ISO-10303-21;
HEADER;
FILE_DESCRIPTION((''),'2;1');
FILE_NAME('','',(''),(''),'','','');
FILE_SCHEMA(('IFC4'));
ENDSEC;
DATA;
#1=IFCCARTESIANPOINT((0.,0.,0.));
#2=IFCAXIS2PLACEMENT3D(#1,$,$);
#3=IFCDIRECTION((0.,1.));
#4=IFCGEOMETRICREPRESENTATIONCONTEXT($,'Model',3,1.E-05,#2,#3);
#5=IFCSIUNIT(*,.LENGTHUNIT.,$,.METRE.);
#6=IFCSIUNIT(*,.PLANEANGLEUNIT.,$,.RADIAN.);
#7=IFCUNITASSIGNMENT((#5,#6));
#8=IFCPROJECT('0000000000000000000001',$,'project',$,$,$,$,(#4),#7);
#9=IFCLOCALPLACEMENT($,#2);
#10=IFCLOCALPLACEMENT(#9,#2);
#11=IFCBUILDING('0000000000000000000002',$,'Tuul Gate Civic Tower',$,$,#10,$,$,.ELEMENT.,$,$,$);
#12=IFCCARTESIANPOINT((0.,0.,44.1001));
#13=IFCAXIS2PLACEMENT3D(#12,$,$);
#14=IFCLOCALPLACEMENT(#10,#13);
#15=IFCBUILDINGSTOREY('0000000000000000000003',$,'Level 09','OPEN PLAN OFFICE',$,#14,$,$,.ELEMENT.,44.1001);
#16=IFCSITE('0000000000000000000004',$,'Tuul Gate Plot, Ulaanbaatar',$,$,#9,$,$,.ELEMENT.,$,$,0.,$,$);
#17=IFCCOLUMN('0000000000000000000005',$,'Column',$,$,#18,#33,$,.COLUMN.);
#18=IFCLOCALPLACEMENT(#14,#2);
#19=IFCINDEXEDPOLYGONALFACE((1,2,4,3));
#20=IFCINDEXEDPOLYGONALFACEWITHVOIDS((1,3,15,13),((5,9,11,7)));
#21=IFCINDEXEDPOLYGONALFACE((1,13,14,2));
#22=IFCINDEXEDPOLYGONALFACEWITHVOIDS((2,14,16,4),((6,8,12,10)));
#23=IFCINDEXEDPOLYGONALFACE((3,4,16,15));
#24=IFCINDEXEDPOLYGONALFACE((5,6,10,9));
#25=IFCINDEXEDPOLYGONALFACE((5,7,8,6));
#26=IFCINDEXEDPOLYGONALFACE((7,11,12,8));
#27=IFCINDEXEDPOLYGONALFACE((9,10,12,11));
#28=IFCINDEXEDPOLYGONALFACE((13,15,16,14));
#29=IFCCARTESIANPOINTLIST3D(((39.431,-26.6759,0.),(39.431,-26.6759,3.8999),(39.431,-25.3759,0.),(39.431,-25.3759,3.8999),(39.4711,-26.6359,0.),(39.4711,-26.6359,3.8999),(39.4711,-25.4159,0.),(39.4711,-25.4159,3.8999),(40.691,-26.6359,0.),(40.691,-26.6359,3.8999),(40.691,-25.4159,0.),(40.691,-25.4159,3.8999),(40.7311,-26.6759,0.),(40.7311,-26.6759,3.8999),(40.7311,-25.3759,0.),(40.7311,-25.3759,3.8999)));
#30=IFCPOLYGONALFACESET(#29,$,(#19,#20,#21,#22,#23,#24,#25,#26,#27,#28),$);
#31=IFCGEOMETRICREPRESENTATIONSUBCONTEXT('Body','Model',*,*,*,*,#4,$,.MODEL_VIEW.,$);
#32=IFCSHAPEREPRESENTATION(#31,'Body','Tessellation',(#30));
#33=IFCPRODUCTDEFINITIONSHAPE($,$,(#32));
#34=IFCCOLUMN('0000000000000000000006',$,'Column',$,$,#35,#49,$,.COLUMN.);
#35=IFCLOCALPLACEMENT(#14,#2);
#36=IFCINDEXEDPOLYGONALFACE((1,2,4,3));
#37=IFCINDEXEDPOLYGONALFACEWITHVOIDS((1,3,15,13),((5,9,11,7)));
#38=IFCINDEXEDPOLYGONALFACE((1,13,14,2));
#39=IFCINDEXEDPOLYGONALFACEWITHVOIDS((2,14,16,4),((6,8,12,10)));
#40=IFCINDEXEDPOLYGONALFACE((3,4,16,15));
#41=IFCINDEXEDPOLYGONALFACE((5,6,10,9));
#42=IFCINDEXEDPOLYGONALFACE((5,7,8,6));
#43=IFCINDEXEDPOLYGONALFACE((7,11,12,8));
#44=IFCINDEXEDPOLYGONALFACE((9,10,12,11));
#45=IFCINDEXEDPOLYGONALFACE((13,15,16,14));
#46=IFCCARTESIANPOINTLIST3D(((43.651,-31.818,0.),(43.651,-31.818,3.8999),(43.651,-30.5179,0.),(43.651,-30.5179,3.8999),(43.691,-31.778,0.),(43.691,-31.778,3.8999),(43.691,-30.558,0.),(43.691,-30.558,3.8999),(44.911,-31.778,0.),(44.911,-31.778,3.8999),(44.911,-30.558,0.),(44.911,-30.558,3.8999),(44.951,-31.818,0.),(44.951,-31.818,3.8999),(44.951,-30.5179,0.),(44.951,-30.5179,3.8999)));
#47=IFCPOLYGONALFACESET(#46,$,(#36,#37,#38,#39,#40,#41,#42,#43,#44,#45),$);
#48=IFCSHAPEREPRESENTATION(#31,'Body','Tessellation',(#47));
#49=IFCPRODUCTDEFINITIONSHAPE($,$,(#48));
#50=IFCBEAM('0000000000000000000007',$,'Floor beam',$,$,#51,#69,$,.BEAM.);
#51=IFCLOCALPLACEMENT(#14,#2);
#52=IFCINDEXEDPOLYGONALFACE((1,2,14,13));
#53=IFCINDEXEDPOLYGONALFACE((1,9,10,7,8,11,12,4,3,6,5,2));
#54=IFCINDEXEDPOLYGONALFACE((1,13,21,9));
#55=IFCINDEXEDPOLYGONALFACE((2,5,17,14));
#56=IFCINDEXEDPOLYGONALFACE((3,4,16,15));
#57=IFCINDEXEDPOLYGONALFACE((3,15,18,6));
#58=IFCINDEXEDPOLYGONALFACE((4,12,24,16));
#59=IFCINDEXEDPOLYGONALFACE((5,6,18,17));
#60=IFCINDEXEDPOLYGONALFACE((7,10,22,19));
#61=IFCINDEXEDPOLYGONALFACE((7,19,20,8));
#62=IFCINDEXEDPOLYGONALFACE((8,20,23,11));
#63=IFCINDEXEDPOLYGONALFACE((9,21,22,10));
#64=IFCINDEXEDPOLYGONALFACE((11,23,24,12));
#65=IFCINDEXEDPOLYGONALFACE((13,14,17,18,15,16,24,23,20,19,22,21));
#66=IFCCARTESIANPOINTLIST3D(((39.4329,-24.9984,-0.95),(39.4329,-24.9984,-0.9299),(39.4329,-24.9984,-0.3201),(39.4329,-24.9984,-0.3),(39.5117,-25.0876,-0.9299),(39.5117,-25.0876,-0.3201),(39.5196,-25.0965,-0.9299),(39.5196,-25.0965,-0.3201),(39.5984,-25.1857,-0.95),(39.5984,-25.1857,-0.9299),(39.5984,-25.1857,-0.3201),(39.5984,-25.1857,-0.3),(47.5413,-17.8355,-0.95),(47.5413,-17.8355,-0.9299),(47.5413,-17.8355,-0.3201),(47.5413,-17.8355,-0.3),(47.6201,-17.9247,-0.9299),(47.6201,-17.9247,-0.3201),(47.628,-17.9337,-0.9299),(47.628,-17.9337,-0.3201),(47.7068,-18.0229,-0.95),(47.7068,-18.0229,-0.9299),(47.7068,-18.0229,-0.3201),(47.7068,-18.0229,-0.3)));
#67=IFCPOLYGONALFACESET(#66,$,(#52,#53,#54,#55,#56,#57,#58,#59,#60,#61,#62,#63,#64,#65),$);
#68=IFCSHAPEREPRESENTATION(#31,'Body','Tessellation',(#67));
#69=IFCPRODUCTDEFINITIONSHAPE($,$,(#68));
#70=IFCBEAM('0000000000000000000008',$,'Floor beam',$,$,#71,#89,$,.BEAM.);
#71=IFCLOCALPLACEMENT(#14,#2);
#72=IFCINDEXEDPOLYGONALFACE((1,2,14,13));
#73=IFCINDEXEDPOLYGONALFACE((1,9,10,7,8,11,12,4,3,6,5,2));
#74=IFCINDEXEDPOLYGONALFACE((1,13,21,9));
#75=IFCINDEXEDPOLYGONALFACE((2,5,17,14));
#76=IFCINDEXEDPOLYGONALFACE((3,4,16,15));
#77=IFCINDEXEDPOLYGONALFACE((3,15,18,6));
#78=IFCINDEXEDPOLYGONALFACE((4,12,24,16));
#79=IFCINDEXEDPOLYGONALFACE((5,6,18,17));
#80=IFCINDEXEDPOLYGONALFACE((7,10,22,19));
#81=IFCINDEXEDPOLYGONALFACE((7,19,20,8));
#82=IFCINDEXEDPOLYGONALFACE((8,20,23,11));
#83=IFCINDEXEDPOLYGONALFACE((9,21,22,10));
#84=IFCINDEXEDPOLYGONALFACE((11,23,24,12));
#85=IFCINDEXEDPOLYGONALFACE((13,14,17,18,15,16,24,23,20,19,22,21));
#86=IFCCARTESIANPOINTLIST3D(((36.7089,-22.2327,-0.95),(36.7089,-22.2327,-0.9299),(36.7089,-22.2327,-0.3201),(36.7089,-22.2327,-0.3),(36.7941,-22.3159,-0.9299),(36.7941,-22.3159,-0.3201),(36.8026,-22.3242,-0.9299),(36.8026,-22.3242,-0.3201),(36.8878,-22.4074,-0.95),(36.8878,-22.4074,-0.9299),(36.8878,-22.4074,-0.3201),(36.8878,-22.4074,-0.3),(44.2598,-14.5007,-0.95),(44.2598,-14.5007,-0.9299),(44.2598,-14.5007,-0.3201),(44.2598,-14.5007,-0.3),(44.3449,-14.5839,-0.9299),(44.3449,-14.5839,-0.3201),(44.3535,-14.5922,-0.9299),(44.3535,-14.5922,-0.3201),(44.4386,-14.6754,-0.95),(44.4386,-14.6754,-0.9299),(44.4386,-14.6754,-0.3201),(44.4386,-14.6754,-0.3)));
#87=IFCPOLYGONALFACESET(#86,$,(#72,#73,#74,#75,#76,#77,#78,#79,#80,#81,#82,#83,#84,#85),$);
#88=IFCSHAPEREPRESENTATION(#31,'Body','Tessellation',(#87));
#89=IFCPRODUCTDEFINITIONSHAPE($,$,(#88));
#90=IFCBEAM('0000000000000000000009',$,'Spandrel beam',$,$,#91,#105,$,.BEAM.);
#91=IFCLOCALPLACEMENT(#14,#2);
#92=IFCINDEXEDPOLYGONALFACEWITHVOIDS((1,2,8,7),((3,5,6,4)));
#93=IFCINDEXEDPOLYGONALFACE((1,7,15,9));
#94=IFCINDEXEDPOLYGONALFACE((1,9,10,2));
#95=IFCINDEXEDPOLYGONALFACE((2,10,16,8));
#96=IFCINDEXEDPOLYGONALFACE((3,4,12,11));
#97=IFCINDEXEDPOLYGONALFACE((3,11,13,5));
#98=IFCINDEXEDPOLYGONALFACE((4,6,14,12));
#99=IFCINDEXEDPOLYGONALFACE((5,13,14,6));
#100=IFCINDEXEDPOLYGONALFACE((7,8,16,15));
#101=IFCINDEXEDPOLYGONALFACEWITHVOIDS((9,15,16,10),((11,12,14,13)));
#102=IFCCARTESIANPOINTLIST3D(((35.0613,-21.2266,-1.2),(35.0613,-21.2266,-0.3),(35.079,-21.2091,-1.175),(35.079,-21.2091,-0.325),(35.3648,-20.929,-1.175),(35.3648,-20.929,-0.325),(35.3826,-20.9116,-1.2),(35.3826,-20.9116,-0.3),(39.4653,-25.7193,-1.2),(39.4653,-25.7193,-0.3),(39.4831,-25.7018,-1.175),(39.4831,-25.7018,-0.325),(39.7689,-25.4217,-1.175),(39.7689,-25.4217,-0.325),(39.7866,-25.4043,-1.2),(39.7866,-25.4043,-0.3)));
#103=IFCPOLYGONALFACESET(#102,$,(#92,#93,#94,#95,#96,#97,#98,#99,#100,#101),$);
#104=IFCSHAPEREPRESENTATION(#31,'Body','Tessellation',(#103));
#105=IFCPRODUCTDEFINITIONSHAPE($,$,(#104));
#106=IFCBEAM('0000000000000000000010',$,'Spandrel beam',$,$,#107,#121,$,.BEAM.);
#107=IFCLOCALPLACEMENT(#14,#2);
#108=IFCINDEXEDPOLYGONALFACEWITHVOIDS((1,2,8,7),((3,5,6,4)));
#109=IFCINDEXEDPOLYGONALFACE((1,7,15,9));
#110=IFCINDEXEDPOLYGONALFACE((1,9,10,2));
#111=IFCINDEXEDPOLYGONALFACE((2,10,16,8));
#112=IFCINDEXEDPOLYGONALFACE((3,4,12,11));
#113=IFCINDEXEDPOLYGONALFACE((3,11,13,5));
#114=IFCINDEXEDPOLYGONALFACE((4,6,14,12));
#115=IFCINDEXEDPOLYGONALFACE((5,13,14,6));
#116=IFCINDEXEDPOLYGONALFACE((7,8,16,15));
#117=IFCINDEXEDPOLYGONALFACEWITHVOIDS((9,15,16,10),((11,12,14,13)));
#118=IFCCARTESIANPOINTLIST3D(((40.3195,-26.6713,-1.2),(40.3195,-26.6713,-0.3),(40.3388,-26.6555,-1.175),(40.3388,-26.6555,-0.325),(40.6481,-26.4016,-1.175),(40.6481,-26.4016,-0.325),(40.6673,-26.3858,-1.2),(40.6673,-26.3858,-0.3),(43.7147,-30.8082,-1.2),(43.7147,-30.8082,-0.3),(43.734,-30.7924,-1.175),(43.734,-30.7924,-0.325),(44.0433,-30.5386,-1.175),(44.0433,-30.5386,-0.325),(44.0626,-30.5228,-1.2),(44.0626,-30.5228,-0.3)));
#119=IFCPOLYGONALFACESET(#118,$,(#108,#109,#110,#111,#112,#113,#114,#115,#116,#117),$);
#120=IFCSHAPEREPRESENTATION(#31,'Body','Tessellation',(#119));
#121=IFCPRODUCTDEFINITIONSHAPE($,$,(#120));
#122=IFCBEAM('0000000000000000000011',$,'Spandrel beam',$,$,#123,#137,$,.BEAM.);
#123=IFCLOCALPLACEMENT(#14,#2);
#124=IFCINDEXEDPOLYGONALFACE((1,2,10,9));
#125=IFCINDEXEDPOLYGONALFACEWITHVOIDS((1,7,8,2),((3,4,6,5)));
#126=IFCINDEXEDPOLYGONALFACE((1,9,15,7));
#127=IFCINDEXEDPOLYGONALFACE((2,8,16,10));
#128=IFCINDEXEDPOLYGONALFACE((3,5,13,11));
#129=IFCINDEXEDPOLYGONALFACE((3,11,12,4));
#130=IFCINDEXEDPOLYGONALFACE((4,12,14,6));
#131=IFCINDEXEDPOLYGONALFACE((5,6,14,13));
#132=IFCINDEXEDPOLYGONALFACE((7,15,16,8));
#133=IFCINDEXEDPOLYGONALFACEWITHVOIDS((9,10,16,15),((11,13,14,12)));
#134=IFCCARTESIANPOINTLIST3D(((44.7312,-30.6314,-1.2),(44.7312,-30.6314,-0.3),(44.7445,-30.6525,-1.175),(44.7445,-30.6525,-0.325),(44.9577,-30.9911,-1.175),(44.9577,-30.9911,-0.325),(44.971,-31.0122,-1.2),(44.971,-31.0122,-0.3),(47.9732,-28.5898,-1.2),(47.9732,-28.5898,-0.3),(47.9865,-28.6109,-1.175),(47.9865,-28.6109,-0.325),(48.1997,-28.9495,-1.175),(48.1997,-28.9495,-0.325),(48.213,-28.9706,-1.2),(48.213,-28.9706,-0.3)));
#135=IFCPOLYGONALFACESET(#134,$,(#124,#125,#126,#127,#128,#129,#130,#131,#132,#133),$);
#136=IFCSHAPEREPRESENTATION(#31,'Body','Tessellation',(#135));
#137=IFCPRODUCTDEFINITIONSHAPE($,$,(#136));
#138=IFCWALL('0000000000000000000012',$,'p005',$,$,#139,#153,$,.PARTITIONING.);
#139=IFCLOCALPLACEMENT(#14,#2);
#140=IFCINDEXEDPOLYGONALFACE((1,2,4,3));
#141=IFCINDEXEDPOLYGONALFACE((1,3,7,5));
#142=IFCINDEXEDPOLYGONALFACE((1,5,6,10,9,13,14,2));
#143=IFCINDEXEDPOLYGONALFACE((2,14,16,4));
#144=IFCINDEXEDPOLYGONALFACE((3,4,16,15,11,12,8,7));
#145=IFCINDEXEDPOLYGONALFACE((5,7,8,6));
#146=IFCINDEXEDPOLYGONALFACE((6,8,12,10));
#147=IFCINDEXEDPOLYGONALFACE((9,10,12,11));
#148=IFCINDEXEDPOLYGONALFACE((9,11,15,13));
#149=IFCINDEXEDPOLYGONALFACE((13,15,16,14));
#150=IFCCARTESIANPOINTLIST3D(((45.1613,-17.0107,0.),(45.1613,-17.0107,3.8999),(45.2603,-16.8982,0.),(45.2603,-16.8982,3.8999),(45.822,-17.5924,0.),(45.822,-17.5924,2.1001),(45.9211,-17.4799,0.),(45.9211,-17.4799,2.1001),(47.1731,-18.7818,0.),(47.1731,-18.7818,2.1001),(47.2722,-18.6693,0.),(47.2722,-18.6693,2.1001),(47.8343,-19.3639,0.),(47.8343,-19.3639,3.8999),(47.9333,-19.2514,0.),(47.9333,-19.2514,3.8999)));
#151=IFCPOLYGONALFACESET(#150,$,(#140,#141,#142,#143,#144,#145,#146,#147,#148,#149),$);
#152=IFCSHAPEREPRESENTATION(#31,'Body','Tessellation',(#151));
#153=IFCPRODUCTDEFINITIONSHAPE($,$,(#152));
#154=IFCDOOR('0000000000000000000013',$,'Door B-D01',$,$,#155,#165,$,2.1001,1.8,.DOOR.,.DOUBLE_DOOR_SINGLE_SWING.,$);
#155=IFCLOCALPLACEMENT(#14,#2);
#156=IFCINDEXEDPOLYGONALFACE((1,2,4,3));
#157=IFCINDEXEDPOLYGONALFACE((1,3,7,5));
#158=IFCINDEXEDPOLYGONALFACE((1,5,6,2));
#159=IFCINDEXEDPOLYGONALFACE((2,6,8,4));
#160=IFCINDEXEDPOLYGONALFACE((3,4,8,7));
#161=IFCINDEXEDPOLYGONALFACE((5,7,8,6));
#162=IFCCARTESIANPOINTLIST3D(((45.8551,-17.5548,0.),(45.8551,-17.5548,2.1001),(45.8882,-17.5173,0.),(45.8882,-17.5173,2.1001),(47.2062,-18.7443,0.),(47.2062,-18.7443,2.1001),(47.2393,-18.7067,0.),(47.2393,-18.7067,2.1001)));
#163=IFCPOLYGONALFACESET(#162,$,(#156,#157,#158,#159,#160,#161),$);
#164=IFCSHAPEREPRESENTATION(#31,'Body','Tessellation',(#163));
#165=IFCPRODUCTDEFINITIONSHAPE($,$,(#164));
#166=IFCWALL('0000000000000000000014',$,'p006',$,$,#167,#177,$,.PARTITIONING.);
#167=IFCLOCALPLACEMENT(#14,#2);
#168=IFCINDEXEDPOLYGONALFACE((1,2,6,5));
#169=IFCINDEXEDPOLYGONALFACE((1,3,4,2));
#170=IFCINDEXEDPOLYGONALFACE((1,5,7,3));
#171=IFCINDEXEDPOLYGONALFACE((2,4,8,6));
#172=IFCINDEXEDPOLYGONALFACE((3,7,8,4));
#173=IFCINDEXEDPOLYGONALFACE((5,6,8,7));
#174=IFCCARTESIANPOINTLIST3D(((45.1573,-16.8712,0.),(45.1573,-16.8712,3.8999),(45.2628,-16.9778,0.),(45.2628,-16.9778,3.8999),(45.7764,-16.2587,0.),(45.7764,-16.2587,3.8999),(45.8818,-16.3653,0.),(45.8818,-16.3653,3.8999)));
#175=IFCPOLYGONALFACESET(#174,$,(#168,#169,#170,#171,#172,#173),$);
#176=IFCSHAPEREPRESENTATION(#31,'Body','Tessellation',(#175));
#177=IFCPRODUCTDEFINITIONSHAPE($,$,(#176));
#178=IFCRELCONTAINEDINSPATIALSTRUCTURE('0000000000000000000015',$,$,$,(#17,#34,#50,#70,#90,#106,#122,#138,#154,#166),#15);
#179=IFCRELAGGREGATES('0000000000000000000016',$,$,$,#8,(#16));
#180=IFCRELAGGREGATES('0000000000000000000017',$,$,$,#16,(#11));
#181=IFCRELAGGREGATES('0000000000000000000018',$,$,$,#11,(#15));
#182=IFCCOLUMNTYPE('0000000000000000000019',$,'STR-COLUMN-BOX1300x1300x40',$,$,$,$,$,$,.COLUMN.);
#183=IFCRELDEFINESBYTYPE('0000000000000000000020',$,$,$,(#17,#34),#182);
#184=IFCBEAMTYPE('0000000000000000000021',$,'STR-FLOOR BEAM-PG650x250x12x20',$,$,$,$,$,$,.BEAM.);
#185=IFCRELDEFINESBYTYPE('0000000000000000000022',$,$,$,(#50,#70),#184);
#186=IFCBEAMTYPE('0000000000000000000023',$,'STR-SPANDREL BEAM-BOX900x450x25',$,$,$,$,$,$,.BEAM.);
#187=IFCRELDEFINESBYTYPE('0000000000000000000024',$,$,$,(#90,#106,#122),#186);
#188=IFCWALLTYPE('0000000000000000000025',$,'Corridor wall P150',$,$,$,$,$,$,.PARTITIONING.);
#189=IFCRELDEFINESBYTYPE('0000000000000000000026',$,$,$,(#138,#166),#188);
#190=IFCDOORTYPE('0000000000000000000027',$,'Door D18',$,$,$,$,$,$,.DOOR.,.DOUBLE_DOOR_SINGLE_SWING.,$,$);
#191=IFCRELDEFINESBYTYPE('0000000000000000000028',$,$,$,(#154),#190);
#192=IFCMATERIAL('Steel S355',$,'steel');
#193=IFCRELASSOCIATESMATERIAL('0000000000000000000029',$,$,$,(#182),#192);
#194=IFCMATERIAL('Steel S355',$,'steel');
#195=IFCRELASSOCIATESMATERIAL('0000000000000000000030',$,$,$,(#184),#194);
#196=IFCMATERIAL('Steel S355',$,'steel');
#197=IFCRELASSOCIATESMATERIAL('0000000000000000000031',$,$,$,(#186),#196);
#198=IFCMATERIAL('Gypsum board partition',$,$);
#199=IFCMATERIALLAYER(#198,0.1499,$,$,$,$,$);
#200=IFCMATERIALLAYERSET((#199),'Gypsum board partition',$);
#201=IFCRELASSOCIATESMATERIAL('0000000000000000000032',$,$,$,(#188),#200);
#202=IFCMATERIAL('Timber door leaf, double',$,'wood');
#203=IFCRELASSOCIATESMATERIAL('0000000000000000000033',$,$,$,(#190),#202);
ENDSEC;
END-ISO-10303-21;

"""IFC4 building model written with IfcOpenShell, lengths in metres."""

from ifc_helpers import new_model, si_unit, direction, frame, frame_2d, origin, origin_2d, place, context, subcontext, project, spatial, rectangle, hollow_rectangle, i_section, extrude, material, layer, layer_set, material_profile, profile_set, type_object, element, fill, save


model = new_model("IFC4")

# Units and contexts
model_context = context("Model", 3, precision=1e-05, world=origin(), true_north=direction((0.0, 1.0)))
body_context = subcontext(model_context, "Body", "Model", "MODEL_VIEW")
ifc_project = project(units=[si_unit("LENGTHUNIT", "METRE"), si_unit("PLANEANGLEUNIT", "RADIAN")], contexts=[model_context])

# Site, building, storey
site_placement = place(None, origin())
site = spatial("IfcSite", under=ifc_project, at=site_placement, Name="Tuul Gate Plot, Ulaanbaatar", CompositionType="ELEMENT", RefElevation=0.0)
building_placement = place(site_placement, origin())
building = spatial("IfcBuilding", under=site, at=building_placement, Name="Tuul Gate Civic Tower", CompositionType="ELEMENT")
storey_placement = place(building_placement, frame((0.0, 0.0, 44.1001)))
storey = spatial("IfcBuildingStorey", under=building, at=storey_placement, Name="Level 09", Description="OPEN PLAN OFFICE", CompositionType="ELEMENT", Elevation=44.1001)

# Columns
ifc_material_1 = material(Name="Steel S355", Category="steel")
ifc_material_profile_1 = material_profile(ifc_material_1, hollow_rectangle(XDim=1.3, YDim=1.3, WallThickness=0.04, at=origin_2d()), Name="BOX1300x1300x40")
ifc_profile_set_1 = profile_set([ifc_material_profile_1], Name="Steel S355")
column_type = type_object("IfcColumnType", Name="STR-COLUMN-BOX1300x1300x40", PredefinedType="COLUMN", material=ifc_profile_set_1)
for number, where, z_axis, x_axis, name in (
    (1, (40.0811, -26.0259, 0.0), (0.0, 0.0, 1.0), (1.0, 0.0, 0.0), "Column"),
    (2, (44.301, -31.168, 0.0), (0.0, 0.0, 1.0), (1.0, 0.0, 0.0), "Column"),
):
    element("IfcColumn", number, at=place(storey_placement, frame(where, z_axis=z_axis, x_axis=x_axis)), inside=storey, type_object=column_type, Name=name, PredefinedType="COLUMN", context=body_context, shape_type="SweptSolid", body=[
        extrude(hollow_rectangle(XDim=1.3, YDim=1.3, WallThickness=0.04, at=origin_2d()), origin(), (0.0, 0.0, 1.0), 3.8999),
    ])

# Beams
ifc_material_2 = material(Name="Steel S355", Category="steel")
ifc_material_profile_2 = material_profile(ifc_material_2, i_section(OverallWidth=0.25, OverallDepth=0.6499, WebThickness=0.012, FlangeThickness=0.02, at=origin_2d()), Name="PG650x250x12x20")
ifc_profile_set_2 = profile_set([ifc_material_profile_2], Name="Steel S355")
beam_type_1 = type_object("IfcBeamType", Name="STR-FLOOR BEAM-PG650x250x12x20", PredefinedType="BEAM", material=ifc_profile_set_2)
beam_1_placement = place(storey_placement, frame((39.5156, -25.092, -0.625), z_axis=(0.749454, 0.662057, 0.0), x_axis=(-0.662057, 0.749454, 0.0)))
element("IfcBeam", 3, at=beam_1_placement, inside=storey, type_object=beam_type_1, Name="Floor beam", PredefinedType="BEAM", context=body_context, shape_type="SweptSolid", body=[
    extrude(i_section(OverallWidth=0.25, OverallDepth=0.6499, WebThickness=0.012, FlangeThickness=0.02, at=origin_2d()), origin(), (0.0, 0.0, 1.0), 10.8191),
])
beam_2_placement = place(storey_placement, frame((36.7983, -22.3201, -0.625), z_axis=(0.698676, 0.715438, 0.0), x_axis=(-0.715438, 0.698676, 0.0)))
element("IfcBeam", 4, at=beam_2_placement, inside=storey, type_object=beam_type_1, Name="Floor beam", PredefinedType="BEAM", context=body_context, shape_type="SweptSolid", body=[
    extrude(i_section(OverallWidth=0.25, OverallDepth=0.6499, WebThickness=0.012, FlangeThickness=0.02, at=origin_2d()), origin(), (0.0, 0.0, 1.0), 10.8074),
])
ifc_material_3 = material(Name="Steel S355", Category="steel")
ifc_material_profile_3 = material_profile(ifc_material_3, hollow_rectangle(XDim=0.45, YDim=0.8999, WallThickness=0.0249, at=origin_2d()), Name="BOX900x450x25")
ifc_profile_set_3 = profile_set([ifc_material_profile_3], Name="Steel S355")
beam_type_2 = type_object("IfcBeamType", Name="STR-SPANDREL BEAM-BOX900x450x25", PredefinedType="BEAM", material=ifc_profile_set_3)
beam_3_placement = place(storey_placement, frame((35.2219, -21.0691, -0.75), z_axis=(0.700028, -0.714115, 0.0), x_axis=(0.714115, 0.700028, 0.0)))
element("IfcBeam", 5, at=beam_3_placement, inside=storey, type_object=beam_type_2, Name="Spandrel beam", PredefinedType="BEAM", context=body_context, shape_type="SweptSolid", body=[
    extrude(hollow_rectangle(XDim=0.45, YDim=0.8999, WallThickness=0.0249, at=origin_2d()), origin(), (0.0, 0.0, 1.0), 6.2913),
])
beam_4_placement = place(storey_placement, frame((40.4934, -26.5286, -0.75), z_axis=(0.63441, -0.772997, 0.0), x_axis=(0.772997, 0.63441, 0.0)))
element("IfcBeam", 6, at=beam_4_placement, inside=storey, type_object=beam_type_2, Name="Spandrel beam", PredefinedType="BEAM", context=body_context, shape_type="SweptSolid", body=[
    extrude(hollow_rectangle(XDim=0.45, YDim=0.8999, WallThickness=0.0249, at=origin_2d()), origin(), (0.0, 0.0, 1.0), 5.3518),
])
beam_5_placement = place(storey_placement, frame((44.8511, -30.8218, -0.75), z_axis=(0.8462, 0.532866, 0.0), x_axis=(-0.532866, 0.8462, 0.0)))
element("IfcBeam", 7, at=beam_5_placement, inside=storey, type_object=beam_type_2, Name="Spandrel beam", PredefinedType="BEAM", context=body_context, shape_type="SweptSolid", body=[
    extrude(hollow_rectangle(XDim=0.45, YDim=0.8999, WallThickness=0.0249, at=origin_2d()), origin(), (0.0, 0.0, 1.0), 3.8313),
])

# Wall, opening, door
ifc_material_4 = material(Name="Gypsum board partition")
ifc_layer_1 = layer(ifc_material_4, 0.1499)
ifc_layer_set_1 = layer_set([ifc_layer_1], Name="Gypsum board partition")
wall_type_1 = type_object("IfcWallType", Name="Corridor wall P150", PredefinedType="PARTITIONING", material=ifc_layer_set_1)
wall_1_placement = place(storey_placement, frame((45.2107, -16.9543, 0.0), z_axis=(0.0, 0.0, 1.0), x_axis=(0.750582, -0.660778, 0.0)))
wall_1 = element("IfcWall", 8, at=wall_1_placement, inside=storey, type_object=wall_type_1, Name="p005", PredefinedType="PARTITIONING", context=body_context, shape_type="SweptSolid", body=[
    extrude(rectangle(XDim=3.5613, YDim=0.1499, at=frame_2d((1.7808, 0.0))), origin(), (0.0, 0.0, 1.0), 3.8999),
])
opening_1_placement = place(wall_1_placement, frame((0.8806, 0.0, 0.0)))
opening_1 = element("IfcOpeningElement", 9, at=opening_1_placement, cuts=wall_1, PredefinedType="OPENING", context=body_context, shape_type="SweptSolid", body=[
    extrude(rectangle(XDim=1.8, YDim=2.1001, at=frame_2d((0.8999, 1.05))), frame((0.0, 0.085, 0.0), z_axis=(0.0, -1.0, 0.0), x_axis=(1.0, 0.0, 0.0)), (0.0, 0.0, 1.0), 0.1699),
])
ifc_material_5 = material(Name="Timber door leaf, double", Category="wood")
door_type = type_object("IfcDoorType", Name="Door D18", OperationType="DOUBLE_DOOR_SINGLE_SWING", PredefinedType="DOOR", material=ifc_material_5)
door_placement = place(opening_1_placement, frame((1.8, 0.0, 0.0), z_axis=(0.0, 0.0, 1.0), x_axis=(-1.0, 0.0, 0.0)))
door = element("IfcDoor", 10, at=door_placement, inside=storey, type_object=door_type, Name="Door B-D01", OperationType="DOUBLE_DOOR_SINGLE_SWING", OverallHeight=2.1001, OverallWidth=1.8, PredefinedType="DOOR", context=body_context, shape_type="SweptSolid", body=[
    extrude(rectangle(XDim=1.8, YDim=2.1001, at=frame_2d((0.9001, 1.05))), frame((0.0, 0.0249, 0.0), z_axis=(0.0, -1.0, 0.0), x_axis=(1.0, 0.0, 0.0)), (0.0, 0.0, 1.0), 0.05),
])
fill(opening_1, door)

# Wall
wall_2_placement = place(storey_placement, frame((45.21, -16.9246, 0.0), z_axis=(0.0, 0.0, 1.0), x_axis=(0.710881, 0.703312, 0.0)))
element("IfcWall", 11, at=wall_2_placement, inside=storey, type_object=wall_type_1, Name="p006", PredefinedType="PARTITIONING", context=body_context, shape_type="SweptSolid", body=[
    extrude(rectangle(XDim=0.8708, YDim=0.1499, at=frame_2d((0.4355, 0.0))), origin(), (0.0, 0.0, 1.0), 3.8999),
])

save(model, "model.ifc")
